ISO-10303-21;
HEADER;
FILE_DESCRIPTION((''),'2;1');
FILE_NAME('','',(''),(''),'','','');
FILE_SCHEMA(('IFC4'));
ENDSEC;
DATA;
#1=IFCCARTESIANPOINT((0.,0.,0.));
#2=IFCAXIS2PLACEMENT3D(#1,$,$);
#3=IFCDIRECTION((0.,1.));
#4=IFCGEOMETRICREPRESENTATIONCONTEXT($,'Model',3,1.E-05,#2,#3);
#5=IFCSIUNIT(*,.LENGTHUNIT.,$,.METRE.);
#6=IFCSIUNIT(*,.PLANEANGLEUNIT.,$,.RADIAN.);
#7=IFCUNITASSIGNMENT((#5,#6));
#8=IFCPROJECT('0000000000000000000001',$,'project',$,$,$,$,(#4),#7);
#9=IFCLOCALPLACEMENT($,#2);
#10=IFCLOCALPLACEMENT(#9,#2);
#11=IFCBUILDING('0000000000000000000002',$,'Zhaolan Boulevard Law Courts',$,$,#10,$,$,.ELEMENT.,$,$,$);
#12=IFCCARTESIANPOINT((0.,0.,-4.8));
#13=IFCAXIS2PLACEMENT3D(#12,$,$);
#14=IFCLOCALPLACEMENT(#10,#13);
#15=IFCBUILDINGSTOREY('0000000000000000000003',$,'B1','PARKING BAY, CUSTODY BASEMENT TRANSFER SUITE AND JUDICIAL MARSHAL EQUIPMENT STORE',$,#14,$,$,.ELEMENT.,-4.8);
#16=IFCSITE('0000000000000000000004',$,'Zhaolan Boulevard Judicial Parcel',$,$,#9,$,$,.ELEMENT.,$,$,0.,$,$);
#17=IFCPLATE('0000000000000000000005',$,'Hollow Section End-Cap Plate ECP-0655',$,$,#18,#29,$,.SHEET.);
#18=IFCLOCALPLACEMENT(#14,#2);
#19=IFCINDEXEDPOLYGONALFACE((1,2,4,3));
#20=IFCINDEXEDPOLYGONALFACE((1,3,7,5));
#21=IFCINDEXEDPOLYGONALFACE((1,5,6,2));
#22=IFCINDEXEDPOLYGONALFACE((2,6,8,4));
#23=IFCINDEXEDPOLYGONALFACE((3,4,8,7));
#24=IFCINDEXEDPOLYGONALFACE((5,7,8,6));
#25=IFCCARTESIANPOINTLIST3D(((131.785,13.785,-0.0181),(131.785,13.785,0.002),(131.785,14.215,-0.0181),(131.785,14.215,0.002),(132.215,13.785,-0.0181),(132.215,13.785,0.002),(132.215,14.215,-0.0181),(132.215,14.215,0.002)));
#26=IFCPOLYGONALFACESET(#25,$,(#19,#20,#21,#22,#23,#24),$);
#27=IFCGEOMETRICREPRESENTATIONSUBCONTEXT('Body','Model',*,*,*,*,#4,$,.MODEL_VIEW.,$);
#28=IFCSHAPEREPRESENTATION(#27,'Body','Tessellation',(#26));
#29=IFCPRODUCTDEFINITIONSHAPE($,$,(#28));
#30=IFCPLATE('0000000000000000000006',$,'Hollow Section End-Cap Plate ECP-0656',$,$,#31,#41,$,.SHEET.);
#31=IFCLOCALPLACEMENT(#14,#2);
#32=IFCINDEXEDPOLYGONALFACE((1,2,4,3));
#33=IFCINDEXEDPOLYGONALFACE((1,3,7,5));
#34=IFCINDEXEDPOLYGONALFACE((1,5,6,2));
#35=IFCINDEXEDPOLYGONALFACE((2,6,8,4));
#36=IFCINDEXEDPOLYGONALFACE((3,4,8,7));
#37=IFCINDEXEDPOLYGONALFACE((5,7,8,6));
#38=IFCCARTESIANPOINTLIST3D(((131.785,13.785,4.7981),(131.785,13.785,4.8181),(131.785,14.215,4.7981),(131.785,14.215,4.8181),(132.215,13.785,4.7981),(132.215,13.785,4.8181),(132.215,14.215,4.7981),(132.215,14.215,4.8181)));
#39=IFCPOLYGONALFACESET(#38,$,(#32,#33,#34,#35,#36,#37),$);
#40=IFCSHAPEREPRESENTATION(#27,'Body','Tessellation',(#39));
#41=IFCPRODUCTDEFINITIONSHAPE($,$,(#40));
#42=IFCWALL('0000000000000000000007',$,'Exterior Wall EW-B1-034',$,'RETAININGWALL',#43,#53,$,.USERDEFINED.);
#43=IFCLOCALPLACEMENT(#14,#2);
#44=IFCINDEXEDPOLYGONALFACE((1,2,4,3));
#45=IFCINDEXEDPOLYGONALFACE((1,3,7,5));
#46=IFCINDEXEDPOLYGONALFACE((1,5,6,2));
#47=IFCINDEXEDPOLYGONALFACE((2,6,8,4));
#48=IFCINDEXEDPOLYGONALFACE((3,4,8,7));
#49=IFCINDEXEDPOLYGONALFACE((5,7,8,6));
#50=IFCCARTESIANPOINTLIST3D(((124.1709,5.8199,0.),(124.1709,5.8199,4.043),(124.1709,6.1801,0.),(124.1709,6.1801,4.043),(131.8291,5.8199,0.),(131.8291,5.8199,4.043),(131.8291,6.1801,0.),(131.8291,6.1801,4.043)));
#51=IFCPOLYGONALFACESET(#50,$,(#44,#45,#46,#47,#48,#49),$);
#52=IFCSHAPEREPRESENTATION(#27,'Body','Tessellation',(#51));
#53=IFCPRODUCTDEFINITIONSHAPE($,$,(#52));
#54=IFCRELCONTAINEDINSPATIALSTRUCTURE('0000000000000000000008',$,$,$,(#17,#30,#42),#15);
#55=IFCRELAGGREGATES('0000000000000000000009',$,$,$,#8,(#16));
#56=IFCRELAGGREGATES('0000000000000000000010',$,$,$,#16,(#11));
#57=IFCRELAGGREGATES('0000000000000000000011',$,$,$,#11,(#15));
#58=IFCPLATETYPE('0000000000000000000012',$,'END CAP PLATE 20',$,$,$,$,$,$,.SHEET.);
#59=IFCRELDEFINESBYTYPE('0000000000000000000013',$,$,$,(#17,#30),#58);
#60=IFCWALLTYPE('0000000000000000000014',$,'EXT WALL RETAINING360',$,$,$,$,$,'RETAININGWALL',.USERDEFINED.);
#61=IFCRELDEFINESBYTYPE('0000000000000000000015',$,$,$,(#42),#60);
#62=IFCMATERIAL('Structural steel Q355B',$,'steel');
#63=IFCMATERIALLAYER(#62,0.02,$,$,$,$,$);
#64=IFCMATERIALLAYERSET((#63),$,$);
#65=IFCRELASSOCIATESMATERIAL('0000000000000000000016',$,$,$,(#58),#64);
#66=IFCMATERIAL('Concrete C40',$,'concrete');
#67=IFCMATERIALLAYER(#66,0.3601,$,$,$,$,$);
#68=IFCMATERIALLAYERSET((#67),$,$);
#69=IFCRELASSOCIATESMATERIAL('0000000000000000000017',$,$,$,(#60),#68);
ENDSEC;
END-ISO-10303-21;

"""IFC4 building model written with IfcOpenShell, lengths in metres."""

from ifc_helpers import new_model, si_unit, direction, frame, frame_2d, origin, origin_2d, place, context, subcontext, project, spatial, rectangle, extrude, material, layer, layer_set, type_object, element, save


model = new_model("IFC4")

# Units and contexts
model_context = context("Model", 3, precision=1e-05, world=origin(), true_north=direction((0.0, 1.0)))
body_context = subcontext(model_context, "Body", "Model", "MODEL_VIEW")
ifc_project = project(units=[si_unit("LENGTHUNIT", "METRE"), si_unit("PLANEANGLEUNIT", "RADIAN")], contexts=[model_context])

# Site, building, storey
site_placement = place(None, origin())
site = spatial("IfcSite", under=ifc_project, at=site_placement, Name="Zhaolan Boulevard Judicial Parcel", CompositionType="ELEMENT", RefElevation=0.0)
building_placement = place(site_placement, origin())
building = spatial("IfcBuilding", under=site, at=building_placement, Name="Zhaolan Boulevard Law Courts", CompositionType="ELEMENT")
storey_placement = place(building_placement, frame((0.0, 0.0, -4.8)))
storey = spatial("IfcBuildingStorey", under=building, at=storey_placement, Name="B1", Description="PARKING BAY, CUSTODY BASEMENT TRANSFER SUITE AND JUDICIAL MARSHAL EQUIPMENT STORE", CompositionType="ELEMENT", Elevation=-4.8)

# Plates
ifc_material_1 = material(Name="Structural steel Q355B", Category="steel")
ifc_layer_1 = layer(ifc_material_1, 0.02)
ifc_layer_set_1 = layer_set([ifc_layer_1])
plate_type = type_object("IfcPlateType", Name="END CAP PLATE 20", PredefinedType="SHEET", material=ifc_layer_set_1)
for number, where, z_axis, x_axis, name in (
    (1, (132.0, 14.0, -0.0181), (0.0, 0.0, 1.0), (1.0, 0.0, 0.0), "Hollow Section End-Cap Plate ECP-0655"),
    (2, (132.0, 14.0, 4.7981), (0.0, 0.0, 1.0), (1.0, 0.0, 0.0), "Hollow Section End-Cap Plate ECP-0656"),
):
    element("IfcPlate", number, at=place(storey_placement, frame(where, z_axis=z_axis, x_axis=x_axis)), inside=storey, type_object=plate_type, Name=name, PredefinedType="SHEET", context=body_context, shape_type="SweptSolid", body=[
        extrude(rectangle(XDim=0.4299, YDim=0.4299, at=origin_2d()), origin(), (0.0, 0.0, 1.0), 0.02),
    ])

# Wall
ifc_material_2 = material(Name="Concrete C40", Category="concrete")
ifc_layer_2 = layer(ifc_material_2, 0.3601)
ifc_layer_set_2 = layer_set([ifc_layer_2])
wall_type = type_object("IfcWallType", Name="EXT WALL RETAINING360", ElementType="RETAININGWALL", PredefinedType="USERDEFINED", material=ifc_layer_set_2)
wall_placement = place(storey_placement, frame((124.1709, 6.0, 0.0), z_axis=(0.0, 0.0, 1.0), x_axis=(1.0, 0.0, 0.0)))
element("IfcWall", 3, at=wall_placement, inside=storey, type_object=wall_type, Name="Exterior Wall EW-B1-034", ObjectType="RETAININGWALL", PredefinedType="USERDEFINED", context=body_context, shape_type="SweptSolid", body=[
    extrude(rectangle(XDim=7.6582, YDim=0.3601, at=frame_2d((3.8291, 0.0))), origin(), (0.0, 0.0, 1.0), 4.043),
])

save(model, "model.ifc")
